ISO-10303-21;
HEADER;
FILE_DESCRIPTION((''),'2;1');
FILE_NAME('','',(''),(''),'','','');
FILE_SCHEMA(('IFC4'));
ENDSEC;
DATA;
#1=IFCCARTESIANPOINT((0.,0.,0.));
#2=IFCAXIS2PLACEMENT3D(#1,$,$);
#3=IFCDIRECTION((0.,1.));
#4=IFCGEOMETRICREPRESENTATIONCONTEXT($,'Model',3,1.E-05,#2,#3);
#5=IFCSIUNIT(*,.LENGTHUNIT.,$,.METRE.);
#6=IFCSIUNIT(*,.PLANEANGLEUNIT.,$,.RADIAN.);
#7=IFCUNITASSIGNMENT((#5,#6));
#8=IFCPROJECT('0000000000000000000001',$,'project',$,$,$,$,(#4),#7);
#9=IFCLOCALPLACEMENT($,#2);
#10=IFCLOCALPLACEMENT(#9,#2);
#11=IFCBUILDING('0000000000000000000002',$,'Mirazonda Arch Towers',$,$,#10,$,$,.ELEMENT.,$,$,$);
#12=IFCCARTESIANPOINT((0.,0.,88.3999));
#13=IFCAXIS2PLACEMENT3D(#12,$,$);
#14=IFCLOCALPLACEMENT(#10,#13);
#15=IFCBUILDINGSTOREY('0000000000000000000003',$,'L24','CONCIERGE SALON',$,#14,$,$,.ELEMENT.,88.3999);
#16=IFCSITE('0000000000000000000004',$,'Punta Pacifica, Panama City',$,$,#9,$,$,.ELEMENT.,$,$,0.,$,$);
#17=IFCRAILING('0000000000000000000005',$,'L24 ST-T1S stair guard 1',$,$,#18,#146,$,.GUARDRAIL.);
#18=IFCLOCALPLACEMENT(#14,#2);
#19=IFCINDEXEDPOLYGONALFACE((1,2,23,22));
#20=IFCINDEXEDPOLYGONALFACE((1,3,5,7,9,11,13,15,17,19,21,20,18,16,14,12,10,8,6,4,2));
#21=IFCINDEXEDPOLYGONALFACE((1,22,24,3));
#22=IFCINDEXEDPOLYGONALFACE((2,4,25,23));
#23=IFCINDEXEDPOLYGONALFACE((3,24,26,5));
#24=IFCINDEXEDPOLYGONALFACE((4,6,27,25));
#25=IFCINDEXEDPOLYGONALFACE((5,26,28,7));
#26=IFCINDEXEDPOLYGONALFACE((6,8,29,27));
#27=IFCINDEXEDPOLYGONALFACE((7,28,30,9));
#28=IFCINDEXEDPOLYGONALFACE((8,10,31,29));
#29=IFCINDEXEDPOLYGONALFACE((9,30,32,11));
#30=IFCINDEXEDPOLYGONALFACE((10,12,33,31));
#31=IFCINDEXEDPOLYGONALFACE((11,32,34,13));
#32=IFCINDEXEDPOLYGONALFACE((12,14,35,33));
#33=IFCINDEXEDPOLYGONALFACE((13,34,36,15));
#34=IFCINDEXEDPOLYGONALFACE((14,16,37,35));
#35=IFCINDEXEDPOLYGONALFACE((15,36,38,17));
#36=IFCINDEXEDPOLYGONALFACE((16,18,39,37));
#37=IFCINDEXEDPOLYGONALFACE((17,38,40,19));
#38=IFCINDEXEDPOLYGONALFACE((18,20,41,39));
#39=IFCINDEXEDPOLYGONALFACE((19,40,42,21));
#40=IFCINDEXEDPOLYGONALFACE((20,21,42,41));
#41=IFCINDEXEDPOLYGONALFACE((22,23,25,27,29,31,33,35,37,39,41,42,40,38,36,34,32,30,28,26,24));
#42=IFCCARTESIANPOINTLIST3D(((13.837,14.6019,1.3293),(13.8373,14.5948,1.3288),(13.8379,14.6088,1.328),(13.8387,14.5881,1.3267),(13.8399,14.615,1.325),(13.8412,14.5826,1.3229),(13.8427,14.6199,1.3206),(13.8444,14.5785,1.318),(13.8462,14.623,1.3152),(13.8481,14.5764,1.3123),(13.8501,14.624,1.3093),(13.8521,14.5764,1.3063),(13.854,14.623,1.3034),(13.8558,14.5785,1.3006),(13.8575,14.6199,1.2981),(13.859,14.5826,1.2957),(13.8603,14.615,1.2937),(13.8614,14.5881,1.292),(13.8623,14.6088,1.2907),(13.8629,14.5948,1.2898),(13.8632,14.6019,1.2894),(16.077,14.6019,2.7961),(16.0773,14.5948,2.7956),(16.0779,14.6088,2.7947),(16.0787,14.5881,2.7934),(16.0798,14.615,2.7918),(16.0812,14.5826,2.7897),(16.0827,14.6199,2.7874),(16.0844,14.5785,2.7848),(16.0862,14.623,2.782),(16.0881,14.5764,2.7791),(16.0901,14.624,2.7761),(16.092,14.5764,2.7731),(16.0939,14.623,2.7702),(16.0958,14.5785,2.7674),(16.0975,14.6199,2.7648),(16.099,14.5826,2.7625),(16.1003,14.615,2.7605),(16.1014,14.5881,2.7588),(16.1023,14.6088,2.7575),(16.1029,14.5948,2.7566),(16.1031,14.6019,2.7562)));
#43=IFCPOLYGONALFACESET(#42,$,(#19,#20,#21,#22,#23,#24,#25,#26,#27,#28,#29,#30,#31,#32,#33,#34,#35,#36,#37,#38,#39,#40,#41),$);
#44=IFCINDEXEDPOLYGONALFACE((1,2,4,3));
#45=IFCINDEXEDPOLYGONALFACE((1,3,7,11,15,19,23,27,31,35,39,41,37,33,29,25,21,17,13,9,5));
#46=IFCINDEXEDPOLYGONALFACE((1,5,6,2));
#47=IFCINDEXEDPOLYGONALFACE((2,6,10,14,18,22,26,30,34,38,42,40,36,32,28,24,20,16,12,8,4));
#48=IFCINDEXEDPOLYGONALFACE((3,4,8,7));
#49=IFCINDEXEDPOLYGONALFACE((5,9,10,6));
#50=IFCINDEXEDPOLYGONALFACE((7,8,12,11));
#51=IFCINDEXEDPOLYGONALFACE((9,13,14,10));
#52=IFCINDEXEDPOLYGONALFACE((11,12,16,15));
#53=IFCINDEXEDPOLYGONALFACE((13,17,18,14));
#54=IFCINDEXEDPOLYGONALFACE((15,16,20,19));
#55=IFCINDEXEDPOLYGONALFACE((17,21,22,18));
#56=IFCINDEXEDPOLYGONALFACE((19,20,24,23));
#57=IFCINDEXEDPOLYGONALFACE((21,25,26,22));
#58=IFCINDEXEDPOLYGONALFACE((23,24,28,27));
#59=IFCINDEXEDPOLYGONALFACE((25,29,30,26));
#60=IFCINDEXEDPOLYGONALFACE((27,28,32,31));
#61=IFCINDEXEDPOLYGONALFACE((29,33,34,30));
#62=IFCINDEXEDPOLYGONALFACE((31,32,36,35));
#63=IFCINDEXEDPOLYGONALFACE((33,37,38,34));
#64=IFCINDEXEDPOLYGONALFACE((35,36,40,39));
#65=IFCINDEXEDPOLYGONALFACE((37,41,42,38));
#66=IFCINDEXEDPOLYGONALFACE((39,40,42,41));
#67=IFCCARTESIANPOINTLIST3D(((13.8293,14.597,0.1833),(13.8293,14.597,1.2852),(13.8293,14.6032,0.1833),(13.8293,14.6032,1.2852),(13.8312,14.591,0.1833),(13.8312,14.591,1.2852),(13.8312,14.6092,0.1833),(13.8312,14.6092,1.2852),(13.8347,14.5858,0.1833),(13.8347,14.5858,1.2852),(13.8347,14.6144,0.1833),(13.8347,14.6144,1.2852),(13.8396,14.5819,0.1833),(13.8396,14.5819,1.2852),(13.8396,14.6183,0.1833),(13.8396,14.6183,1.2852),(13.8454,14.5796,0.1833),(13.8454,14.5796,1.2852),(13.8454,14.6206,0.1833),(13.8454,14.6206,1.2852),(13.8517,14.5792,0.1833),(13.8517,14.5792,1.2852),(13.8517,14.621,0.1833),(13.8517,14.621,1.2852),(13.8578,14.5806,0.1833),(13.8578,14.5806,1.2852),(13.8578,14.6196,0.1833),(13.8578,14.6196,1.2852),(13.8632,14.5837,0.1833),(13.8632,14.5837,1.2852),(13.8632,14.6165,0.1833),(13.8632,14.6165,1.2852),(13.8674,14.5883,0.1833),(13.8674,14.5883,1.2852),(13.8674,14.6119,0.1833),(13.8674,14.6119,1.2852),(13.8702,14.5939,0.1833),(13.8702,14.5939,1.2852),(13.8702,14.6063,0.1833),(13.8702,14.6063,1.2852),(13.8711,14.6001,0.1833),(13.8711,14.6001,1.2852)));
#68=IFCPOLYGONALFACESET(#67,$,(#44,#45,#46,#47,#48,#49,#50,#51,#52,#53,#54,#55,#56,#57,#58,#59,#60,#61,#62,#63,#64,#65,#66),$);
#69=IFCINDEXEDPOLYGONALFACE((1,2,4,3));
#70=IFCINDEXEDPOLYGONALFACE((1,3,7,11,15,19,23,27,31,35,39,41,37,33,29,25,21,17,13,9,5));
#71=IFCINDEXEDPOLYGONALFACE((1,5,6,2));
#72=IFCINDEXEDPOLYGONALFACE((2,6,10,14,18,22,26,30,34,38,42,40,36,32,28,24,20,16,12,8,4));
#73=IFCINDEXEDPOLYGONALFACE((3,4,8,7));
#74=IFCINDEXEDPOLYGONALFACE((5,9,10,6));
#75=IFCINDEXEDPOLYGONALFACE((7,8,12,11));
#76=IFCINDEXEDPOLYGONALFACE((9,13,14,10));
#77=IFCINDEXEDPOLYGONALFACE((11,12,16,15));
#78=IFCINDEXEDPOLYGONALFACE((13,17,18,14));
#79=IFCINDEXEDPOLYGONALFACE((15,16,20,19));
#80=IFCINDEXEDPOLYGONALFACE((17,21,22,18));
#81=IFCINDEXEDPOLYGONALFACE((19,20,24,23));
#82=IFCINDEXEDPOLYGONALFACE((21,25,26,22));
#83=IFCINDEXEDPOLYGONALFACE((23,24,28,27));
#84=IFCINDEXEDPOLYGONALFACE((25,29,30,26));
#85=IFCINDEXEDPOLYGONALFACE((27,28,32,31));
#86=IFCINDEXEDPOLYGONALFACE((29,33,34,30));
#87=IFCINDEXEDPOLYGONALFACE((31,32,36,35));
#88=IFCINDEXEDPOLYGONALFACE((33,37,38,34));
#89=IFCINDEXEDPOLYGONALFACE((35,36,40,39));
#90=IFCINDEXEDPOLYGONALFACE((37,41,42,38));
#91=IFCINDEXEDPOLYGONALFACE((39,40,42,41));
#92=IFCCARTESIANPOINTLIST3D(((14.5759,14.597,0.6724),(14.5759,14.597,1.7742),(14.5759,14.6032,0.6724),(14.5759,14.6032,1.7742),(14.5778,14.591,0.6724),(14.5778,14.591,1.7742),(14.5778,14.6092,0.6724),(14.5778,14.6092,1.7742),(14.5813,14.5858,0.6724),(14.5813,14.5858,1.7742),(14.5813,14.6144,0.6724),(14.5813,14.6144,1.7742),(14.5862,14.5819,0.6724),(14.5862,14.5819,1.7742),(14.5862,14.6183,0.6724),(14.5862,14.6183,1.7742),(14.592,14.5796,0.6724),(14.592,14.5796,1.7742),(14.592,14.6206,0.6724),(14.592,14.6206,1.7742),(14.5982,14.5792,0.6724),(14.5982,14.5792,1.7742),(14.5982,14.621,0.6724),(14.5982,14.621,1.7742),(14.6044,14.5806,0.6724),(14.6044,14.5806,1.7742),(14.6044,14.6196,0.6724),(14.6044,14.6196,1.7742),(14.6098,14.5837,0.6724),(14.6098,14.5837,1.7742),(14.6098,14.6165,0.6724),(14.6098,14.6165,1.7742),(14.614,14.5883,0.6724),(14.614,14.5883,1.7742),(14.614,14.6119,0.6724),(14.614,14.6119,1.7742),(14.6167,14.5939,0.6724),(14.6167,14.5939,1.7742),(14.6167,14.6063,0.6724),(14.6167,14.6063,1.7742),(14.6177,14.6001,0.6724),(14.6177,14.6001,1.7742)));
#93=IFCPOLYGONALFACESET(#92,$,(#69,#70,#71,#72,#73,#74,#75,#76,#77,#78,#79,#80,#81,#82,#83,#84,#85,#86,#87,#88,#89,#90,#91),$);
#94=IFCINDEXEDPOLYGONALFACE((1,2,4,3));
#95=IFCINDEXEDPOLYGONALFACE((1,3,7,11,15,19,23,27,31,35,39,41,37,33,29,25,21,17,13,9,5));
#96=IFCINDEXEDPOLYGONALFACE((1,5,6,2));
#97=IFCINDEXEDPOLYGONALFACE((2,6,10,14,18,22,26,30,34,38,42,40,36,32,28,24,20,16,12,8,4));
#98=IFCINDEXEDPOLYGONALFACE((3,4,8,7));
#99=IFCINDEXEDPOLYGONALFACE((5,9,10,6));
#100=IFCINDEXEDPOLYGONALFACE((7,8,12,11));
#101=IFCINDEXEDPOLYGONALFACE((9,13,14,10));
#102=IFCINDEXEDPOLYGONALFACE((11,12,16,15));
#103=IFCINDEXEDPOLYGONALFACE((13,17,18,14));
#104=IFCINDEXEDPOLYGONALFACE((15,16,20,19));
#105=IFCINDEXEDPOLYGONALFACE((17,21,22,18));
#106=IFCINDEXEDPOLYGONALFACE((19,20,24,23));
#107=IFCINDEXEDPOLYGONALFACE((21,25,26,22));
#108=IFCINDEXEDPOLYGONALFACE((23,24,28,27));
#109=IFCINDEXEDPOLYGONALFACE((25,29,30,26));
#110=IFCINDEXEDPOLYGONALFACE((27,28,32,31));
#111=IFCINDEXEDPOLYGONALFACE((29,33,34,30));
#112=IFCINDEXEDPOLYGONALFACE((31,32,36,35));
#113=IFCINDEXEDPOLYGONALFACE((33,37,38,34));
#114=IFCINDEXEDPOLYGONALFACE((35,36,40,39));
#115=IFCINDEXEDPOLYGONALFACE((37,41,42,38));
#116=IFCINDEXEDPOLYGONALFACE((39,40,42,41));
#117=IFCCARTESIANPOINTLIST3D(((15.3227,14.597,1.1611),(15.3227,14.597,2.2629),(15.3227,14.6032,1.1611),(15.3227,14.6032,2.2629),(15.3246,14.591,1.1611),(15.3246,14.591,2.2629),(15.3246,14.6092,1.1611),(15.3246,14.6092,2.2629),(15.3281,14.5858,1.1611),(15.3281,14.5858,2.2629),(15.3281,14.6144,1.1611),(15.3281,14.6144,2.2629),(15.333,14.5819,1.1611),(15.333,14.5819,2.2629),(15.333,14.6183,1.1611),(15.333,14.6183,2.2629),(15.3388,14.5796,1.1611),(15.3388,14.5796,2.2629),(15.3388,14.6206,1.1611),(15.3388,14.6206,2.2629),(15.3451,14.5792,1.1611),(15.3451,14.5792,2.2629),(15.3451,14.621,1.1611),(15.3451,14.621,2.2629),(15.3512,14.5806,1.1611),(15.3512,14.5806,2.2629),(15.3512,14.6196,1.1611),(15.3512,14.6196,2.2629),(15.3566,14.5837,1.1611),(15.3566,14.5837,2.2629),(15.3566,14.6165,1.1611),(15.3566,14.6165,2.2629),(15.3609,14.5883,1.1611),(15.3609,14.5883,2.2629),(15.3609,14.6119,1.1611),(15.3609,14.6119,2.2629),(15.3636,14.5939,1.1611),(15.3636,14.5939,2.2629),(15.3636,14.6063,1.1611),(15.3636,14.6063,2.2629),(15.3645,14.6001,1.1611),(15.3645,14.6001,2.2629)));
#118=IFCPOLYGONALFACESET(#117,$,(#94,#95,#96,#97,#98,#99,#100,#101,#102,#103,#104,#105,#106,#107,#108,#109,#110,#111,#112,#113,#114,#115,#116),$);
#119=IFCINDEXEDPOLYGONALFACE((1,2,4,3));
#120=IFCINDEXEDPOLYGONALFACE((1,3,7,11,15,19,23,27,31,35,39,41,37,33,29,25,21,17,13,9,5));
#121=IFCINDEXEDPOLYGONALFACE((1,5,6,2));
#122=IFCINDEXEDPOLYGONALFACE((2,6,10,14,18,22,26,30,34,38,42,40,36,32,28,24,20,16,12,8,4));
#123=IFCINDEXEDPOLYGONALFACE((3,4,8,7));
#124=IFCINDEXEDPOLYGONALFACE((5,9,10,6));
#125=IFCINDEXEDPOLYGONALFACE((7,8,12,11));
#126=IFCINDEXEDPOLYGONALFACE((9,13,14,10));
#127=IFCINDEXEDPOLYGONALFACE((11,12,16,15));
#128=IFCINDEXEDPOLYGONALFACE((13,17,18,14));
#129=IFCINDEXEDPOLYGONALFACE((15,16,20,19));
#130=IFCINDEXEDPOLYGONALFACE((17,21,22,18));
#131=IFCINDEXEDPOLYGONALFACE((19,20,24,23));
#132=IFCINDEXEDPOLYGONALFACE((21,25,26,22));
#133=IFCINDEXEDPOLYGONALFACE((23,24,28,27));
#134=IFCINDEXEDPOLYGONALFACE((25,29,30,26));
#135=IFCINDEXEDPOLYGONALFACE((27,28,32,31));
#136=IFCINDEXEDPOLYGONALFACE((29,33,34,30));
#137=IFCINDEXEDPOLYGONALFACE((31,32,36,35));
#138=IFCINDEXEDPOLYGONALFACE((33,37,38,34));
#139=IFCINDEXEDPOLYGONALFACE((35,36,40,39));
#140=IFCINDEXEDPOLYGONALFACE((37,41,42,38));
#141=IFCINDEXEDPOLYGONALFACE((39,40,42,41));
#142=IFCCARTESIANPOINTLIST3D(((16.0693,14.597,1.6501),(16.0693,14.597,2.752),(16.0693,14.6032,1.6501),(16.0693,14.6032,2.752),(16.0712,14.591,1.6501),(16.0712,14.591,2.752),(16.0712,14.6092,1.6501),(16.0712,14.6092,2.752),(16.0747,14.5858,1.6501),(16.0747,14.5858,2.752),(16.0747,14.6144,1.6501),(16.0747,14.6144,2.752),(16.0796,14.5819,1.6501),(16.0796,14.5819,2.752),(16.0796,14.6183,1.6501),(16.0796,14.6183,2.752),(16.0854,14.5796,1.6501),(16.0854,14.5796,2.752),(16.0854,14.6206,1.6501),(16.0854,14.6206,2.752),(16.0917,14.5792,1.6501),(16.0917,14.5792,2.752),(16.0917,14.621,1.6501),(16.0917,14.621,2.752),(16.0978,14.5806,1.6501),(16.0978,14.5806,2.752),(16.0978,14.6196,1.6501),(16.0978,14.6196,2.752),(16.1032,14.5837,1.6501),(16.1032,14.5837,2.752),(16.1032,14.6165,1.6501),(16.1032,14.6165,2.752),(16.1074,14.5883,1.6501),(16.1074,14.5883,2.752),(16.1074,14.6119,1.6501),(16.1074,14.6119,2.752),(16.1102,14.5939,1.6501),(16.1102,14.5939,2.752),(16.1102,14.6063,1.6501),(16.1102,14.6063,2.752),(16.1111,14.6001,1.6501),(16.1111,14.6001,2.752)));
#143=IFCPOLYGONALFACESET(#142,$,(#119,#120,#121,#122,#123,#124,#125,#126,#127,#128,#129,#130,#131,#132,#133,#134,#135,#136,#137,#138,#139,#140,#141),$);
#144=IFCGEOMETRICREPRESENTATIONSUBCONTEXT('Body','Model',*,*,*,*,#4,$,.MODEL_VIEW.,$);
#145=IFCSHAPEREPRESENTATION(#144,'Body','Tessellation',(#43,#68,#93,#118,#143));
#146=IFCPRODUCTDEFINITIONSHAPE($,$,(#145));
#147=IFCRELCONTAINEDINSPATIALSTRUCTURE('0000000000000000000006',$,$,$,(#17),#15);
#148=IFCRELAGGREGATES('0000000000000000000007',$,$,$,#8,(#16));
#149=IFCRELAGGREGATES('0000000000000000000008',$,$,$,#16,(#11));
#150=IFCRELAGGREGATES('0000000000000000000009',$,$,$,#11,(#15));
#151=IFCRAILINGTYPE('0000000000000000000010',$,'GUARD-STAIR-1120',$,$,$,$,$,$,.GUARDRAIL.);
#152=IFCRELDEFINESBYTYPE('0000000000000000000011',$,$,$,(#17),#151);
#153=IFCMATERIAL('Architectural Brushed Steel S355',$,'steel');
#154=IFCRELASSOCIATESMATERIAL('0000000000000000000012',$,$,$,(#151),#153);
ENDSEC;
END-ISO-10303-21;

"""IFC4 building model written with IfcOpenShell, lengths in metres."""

from ifc_helpers import new_model, si_unit, direction, frame, origin, origin_2d, place, context, subcontext, project, spatial, circle, extrude, material, type_object, element, save


model = new_model("IFC4")

# Units and contexts
model_context = context("Model", 3, precision=1e-05, world=origin(), true_north=direction((0.0, 1.0)))
body_context = subcontext(model_context, "Body", "Model", "MODEL_VIEW")
ifc_project = project(units=[si_unit("LENGTHUNIT", "METRE"), si_unit("PLANEANGLEUNIT", "RADIAN")], contexts=[model_context])

# Site, building, storey
site_placement = place(None, origin())
site = spatial("IfcSite", under=ifc_project, at=site_placement, Name="Punta Pacifica, Panama City", CompositionType="ELEMENT", RefElevation=0.0)
building_placement = place(site_placement, origin())
building = spatial("IfcBuilding", under=site, at=building_placement, Name="Mirazonda Arch Towers", CompositionType="ELEMENT")
storey_placement = place(building_placement, frame((0.0, 0.0, 88.3999)))
storey = spatial("IfcBuildingStorey", under=building, at=storey_placement, Name="L24", Description="CONCIERGE SALON", CompositionType="ELEMENT", Elevation=88.3999)

# Shared definitions
ifc_material_1 = material(Name="Architectural Brushed Steel S355", Category="steel")

# Railing
railing_type_1 = type_object("IfcRailingType", Name="GUARD-STAIR-1120", PredefinedType="GUARDRAIL", material=ifc_material_1)
railing_1_placement = place(storey_placement, frame((13.8501, 14.6001, 0.1833)))
element("IfcRailing", 1, at=railing_1_placement, inside=storey, type_object=railing_type_1, Name="L24 ST-T1S stair guard 1", PredefinedType="GUARDRAIL", context=body_context, shape_type="SweptSolid", body=[
    extrude(circle(Radius=0.0239, at=origin_2d()), frame((0.0, 0.0, 1.126), z_axis=(0.836595, 0.0, 0.547822), x_axis=(0.0, 1.0, 0.0)), (0.0, 0.0, 1.0), 2.6775),
    extrude(circle(Radius=0.021, at=origin_2d()), origin(), (0.0, 0.0, 1.0), 1.1018),
    extrude(circle(Radius=0.021, at=origin_2d()), frame((0.7466, 0.0, 0.489)), (0.0, 0.0, 1.0), 1.1018),
    extrude(circle(Radius=0.021, at=origin_2d()), frame((1.4934, 0.0, 0.9778)), (0.0, 0.0, 1.0), 1.1018),
    extrude(circle(Radius=0.021, at=origin_2d()), frame((2.24, 0.0, 1.4668)), (0.0, 0.0, 1.0), 1.1018),
])

save(model, "model.ifc")
